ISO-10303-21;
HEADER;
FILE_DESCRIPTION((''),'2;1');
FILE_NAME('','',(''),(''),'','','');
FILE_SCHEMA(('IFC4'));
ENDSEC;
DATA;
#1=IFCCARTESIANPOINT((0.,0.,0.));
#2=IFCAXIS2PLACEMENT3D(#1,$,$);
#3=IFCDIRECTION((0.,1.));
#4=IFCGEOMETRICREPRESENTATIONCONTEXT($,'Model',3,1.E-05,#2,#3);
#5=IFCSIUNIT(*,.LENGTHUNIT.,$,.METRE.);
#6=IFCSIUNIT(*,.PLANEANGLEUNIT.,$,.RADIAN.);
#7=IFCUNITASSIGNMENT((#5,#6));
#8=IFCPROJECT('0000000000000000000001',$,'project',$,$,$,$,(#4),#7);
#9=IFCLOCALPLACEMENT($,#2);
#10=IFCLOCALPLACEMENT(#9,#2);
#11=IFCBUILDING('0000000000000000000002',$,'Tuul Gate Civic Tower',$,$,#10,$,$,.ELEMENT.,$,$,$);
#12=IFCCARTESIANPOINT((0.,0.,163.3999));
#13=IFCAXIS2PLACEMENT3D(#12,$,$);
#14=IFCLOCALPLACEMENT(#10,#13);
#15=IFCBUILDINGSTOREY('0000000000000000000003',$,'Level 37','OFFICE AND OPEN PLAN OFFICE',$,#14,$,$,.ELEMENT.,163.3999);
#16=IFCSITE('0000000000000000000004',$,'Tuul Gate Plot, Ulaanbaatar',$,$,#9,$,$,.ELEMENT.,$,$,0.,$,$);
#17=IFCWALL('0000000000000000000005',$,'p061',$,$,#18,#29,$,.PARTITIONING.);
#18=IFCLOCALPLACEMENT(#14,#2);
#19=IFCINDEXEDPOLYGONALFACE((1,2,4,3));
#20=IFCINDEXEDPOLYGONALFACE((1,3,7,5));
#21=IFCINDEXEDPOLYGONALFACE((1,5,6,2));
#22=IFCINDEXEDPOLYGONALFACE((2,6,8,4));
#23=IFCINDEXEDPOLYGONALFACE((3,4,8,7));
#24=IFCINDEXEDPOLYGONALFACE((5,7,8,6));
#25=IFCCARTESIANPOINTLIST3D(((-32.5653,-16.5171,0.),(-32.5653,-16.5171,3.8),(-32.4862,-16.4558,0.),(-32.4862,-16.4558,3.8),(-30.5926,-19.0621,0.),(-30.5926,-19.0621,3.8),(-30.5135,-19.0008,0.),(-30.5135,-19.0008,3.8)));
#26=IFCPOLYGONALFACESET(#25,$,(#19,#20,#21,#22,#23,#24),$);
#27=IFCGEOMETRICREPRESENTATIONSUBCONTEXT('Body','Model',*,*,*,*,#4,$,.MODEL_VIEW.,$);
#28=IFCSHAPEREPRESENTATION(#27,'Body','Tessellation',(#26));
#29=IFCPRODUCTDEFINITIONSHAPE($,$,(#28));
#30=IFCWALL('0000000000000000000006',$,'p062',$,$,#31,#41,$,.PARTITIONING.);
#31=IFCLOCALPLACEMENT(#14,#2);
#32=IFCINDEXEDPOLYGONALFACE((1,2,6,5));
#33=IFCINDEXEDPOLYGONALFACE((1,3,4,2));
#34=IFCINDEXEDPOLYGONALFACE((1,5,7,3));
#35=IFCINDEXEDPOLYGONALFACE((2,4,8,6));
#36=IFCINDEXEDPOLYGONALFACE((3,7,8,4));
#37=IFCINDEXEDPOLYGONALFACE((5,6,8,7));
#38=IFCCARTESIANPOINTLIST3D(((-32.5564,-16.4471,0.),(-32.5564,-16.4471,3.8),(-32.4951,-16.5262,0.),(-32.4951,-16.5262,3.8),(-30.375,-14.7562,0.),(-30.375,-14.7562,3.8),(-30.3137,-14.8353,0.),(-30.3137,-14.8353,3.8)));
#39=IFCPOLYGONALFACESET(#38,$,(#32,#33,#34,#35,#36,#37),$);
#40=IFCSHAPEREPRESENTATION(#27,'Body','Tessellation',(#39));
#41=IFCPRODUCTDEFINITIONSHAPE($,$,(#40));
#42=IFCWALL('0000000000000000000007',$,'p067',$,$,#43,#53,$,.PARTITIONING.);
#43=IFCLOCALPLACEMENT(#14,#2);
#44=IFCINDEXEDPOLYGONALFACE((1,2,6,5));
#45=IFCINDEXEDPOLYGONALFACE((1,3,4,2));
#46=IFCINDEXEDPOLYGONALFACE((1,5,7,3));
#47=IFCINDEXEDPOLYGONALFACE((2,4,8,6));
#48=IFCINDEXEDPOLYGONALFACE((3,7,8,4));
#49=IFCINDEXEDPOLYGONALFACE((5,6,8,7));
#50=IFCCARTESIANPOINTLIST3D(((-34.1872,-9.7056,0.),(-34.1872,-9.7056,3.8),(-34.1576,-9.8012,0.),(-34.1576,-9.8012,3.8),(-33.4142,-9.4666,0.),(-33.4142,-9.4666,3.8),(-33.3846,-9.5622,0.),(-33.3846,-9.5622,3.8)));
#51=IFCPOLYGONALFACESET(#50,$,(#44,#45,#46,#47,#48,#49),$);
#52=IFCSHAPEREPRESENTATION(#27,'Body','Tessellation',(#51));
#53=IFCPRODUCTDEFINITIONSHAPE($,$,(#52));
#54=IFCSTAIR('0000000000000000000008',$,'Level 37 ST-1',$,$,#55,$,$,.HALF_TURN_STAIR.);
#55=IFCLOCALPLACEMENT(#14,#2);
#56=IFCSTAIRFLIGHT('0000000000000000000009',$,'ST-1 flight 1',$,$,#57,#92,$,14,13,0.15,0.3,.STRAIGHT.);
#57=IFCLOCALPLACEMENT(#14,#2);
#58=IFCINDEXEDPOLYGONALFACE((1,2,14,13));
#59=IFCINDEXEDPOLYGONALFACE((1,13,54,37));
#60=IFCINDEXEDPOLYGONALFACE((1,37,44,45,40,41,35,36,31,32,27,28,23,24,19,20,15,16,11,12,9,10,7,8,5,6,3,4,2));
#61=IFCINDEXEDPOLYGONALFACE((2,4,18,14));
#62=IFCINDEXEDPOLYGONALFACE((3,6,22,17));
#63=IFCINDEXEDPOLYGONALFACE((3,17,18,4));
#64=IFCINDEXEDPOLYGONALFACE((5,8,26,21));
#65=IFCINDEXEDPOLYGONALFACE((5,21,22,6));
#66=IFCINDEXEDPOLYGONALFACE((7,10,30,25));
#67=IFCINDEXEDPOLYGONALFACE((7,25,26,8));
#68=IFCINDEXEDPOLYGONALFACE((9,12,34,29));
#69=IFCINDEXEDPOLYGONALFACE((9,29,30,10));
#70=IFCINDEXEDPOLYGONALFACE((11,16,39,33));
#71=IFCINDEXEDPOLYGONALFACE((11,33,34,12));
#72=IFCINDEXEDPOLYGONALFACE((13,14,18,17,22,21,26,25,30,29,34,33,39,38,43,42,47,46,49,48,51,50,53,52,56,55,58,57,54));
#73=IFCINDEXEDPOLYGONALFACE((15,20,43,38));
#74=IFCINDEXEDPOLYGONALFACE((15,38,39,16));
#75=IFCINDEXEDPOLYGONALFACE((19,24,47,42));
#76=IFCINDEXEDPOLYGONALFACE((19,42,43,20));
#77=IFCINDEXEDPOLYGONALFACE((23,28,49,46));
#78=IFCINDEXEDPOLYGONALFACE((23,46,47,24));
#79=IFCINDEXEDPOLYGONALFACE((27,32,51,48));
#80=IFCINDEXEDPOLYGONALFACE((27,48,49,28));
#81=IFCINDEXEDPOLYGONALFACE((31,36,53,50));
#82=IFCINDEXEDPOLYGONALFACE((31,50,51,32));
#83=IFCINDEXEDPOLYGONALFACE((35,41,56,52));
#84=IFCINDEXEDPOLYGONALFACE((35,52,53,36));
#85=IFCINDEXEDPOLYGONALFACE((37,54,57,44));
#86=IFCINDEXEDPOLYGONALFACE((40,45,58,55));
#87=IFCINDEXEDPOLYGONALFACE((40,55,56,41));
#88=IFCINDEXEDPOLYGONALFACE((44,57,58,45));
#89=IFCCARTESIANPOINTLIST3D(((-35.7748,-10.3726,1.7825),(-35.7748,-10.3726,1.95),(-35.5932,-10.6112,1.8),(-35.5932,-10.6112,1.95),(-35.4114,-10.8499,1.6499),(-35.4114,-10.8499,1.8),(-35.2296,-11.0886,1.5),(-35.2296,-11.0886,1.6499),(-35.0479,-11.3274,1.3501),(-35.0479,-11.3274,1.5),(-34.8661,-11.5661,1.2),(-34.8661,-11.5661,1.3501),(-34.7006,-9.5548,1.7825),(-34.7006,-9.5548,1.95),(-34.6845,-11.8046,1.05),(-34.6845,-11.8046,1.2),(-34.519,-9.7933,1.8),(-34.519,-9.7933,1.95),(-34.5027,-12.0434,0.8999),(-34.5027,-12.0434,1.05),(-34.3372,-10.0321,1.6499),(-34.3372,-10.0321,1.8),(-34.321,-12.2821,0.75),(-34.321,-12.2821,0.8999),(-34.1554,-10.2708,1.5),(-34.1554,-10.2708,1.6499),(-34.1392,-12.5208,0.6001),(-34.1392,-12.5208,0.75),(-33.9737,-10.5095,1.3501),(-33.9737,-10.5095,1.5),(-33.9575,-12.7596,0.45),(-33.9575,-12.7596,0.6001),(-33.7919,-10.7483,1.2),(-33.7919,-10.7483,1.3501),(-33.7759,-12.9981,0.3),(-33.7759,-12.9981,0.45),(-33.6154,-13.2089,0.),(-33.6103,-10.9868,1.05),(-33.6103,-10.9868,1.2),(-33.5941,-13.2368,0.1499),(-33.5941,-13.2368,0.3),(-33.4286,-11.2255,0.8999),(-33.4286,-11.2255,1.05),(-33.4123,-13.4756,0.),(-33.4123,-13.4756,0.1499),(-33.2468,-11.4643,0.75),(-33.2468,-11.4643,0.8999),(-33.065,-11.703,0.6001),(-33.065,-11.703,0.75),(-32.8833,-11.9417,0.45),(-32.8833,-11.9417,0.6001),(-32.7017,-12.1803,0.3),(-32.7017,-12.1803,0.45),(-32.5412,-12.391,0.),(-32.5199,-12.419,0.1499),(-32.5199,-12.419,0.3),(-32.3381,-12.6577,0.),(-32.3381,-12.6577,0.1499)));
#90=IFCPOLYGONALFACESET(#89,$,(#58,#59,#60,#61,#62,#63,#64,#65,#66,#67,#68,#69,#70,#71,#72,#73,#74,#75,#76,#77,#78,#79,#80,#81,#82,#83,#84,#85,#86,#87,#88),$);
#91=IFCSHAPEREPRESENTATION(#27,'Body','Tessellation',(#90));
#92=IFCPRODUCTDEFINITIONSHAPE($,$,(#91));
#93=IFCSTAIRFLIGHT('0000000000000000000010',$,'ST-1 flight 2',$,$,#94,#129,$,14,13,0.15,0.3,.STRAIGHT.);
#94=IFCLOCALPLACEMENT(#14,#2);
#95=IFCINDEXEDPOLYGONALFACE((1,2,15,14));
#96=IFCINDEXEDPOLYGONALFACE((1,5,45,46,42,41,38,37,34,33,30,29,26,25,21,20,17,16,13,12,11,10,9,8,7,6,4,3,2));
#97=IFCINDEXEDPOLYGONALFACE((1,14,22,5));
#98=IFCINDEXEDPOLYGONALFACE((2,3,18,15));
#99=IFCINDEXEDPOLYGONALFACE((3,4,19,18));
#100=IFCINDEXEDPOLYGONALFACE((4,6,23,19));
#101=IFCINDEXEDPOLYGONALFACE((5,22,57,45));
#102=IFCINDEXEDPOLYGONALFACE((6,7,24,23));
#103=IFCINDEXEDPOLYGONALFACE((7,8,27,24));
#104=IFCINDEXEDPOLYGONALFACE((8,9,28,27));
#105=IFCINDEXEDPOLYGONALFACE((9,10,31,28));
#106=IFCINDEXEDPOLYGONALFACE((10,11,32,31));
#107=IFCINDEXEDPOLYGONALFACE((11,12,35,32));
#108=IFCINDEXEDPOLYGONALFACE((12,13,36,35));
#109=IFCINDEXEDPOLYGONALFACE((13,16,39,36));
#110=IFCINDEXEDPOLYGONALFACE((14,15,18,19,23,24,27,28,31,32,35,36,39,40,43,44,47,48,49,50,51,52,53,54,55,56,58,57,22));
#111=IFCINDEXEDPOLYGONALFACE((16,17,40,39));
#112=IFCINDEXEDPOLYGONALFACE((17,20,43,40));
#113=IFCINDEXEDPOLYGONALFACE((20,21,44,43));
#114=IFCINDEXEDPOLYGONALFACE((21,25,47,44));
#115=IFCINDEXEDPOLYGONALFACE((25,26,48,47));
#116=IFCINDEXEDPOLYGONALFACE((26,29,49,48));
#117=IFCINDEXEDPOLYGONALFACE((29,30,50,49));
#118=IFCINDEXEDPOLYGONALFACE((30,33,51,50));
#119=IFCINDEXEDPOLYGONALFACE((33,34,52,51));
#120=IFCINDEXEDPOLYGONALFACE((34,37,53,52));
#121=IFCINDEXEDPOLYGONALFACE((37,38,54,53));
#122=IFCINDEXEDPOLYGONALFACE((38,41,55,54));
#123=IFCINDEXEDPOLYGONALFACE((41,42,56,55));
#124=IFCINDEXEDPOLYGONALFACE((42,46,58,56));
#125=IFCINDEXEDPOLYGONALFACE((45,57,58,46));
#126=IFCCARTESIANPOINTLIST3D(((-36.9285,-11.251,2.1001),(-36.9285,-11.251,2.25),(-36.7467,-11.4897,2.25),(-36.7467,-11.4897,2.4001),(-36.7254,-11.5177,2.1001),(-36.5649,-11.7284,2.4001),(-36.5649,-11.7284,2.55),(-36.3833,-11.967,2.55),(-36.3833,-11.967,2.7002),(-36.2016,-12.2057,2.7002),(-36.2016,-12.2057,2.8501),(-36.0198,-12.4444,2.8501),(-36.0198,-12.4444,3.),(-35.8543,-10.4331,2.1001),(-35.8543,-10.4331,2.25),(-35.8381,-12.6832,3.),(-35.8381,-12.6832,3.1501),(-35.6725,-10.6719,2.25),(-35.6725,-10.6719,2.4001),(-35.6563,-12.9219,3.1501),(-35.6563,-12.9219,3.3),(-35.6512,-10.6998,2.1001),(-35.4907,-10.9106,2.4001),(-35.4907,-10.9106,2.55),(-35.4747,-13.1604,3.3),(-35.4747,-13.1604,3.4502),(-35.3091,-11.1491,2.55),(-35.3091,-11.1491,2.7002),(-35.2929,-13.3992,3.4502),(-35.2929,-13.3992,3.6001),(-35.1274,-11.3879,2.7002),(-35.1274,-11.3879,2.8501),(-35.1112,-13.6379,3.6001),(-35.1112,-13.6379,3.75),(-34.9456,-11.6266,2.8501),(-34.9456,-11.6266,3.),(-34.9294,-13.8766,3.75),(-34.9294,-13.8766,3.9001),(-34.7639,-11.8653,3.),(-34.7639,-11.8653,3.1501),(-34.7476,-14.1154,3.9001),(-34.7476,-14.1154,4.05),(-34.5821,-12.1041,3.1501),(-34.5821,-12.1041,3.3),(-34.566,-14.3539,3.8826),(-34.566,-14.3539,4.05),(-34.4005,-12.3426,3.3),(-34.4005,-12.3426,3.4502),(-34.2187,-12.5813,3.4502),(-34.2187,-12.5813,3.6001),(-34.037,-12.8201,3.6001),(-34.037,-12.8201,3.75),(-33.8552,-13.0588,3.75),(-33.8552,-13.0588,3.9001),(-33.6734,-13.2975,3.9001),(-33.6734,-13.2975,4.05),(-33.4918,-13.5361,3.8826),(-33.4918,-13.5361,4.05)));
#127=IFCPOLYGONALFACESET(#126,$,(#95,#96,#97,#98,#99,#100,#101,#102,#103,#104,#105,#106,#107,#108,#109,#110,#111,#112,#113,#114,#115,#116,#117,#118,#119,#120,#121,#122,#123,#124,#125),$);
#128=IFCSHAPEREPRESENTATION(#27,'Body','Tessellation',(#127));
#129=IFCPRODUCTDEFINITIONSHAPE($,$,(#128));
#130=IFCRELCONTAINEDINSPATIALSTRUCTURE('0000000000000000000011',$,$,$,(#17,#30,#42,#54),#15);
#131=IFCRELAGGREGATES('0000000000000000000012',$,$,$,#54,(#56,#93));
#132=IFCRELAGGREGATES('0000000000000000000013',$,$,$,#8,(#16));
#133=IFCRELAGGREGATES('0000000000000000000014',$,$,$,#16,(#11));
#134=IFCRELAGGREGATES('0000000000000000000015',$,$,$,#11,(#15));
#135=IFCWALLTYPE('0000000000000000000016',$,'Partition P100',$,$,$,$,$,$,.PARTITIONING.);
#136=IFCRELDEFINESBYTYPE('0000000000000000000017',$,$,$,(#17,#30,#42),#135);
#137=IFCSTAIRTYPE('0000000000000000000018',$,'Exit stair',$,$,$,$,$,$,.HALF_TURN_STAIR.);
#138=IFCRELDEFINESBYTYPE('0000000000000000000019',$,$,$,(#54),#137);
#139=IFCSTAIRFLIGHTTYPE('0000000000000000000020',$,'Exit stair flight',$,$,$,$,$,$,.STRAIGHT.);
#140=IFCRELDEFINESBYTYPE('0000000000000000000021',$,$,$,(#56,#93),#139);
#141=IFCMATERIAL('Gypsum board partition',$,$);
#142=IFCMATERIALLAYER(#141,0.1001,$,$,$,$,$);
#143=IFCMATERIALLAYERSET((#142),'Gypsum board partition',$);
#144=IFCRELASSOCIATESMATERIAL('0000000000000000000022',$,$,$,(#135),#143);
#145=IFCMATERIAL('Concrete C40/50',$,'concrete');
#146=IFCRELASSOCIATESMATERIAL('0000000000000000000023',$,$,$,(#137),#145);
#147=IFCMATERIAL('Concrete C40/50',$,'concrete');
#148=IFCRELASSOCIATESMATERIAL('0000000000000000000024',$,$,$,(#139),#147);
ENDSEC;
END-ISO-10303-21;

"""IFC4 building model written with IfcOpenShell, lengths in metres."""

from ifc_helpers import new_model, si_unit, direction, frame, frame_2d, origin, place, context, subcontext, project, spatial, polyline, rectangle, outline, extrude, material, layer, layer_set, type_object, element, aggregate, save


model = new_model("IFC4")

# Units and contexts
model_context = context("Model", 3, precision=1e-05, world=origin(), true_north=direction((0.0, 1.0)))
body_context = subcontext(model_context, "Body", "Model", "MODEL_VIEW")
ifc_project = project(units=[si_unit("LENGTHUNIT", "METRE"), si_unit("PLANEANGLEUNIT", "RADIAN")], contexts=[model_context])

# Site, building, storey
site_placement = place(None, origin())
site = spatial("IfcSite", under=ifc_project, at=site_placement, Name="Tuul Gate Plot, Ulaanbaatar", CompositionType="ELEMENT", RefElevation=0.0)
building_placement = place(site_placement, origin())
building = spatial("IfcBuilding", under=site, at=building_placement, Name="Tuul Gate Civic Tower", CompositionType="ELEMENT")
storey_placement = place(building_placement, frame((0.0, 0.0, 163.3999)))
storey = spatial("IfcBuildingStorey", under=building, at=storey_placement, Name="Level 37", Description="OFFICE AND OPEN PLAN OFFICE", CompositionType="ELEMENT", Elevation=163.3999)

# Walls
ifc_material_1 = material(Name="Gypsum board partition")
ifc_layer_1 = layer(ifc_material_1, 0.1001)
ifc_layer_set_1 = layer_set([ifc_layer_1], Name="Gypsum board partition")
wall_type_1 = type_object("IfcWallType", Name="Partition P100", PredefinedType="PARTITIONING", material=ifc_layer_set_1)
wall_1_placement = place(storey_placement, frame((-32.5256, -16.4866, 0.0), z_axis=(0.0, 0.0, 1.0), x_axis=(0.612638, -0.790364, 0.0)))
element("IfcWall", 1, at=wall_1_placement, inside=storey, type_object=wall_type_1, Name="p061", PredefinedType="PARTITIONING", context=body_context, shape_type="SweptSolid", body=[
    extrude(rectangle(XDim=3.22, YDim=0.1001, at=frame_2d((1.6099, 0.0))), origin(), (0.0, 0.0, 1.0), 3.8),
])
wall_2_placement = place(storey_placement, frame((-32.5256, -16.4866, 0.0), z_axis=(0.0, 0.0, 1.0), x_axis=(0.790356, 0.612648, 0.0)))
element("IfcWall", 2, at=wall_2_placement, inside=storey, type_object=wall_type_1, Name="p062", PredefinedType="PARTITIONING", context=body_context, shape_type="SweptSolid", body=[
    extrude(rectangle(XDim=2.76, YDim=0.1001, at=frame_2d((1.3799, 0.0))), origin(), (0.0, 0.0, 1.0), 3.8),
])
wall_3_placement = place(storey_placement, frame((-33.3994, -9.5144, 0.0), z_axis=(0.0, 0.0, 1.0), x_axis=(-0.955367, -0.295421, 0.0)))
element("IfcWall", 3, at=wall_3_placement, inside=storey, type_object=wall_type_1, Name="p067", PredefinedType="PARTITIONING", context=body_context, shape_type="SweptSolid", body=[
    extrude(rectangle(XDim=0.8091, YDim=0.1001, at=frame_2d((0.4045, 0.0))), origin(), (0.0, 0.0, 1.0), 3.8),
])

# Stair, stair flights
ifc_material_2 = material(Name="Concrete C40/50", Category="concrete")
stair_type = type_object("IfcStairType", Name="Exit stair", PredefinedType="HALF_TURN_STAIR", material=ifc_material_2)
stair_placement = place(storey_placement, origin())
stair = element("IfcStair", 4, at=stair_placement, inside=storey, type_object=stair_type, Name="Level 37 ST-1", PredefinedType="HALF_TURN_STAIR")
ifc_material_3 = material(Name="Concrete C40/50", Category="concrete")
stair_flight_type = type_object("IfcStairFlightType", Name="Exit stair flight", PredefinedType="STRAIGHT", material=ifc_material_3)
stair_flight_1_placement = place(storey_placement, frame((-32.8752, -13.0667, 0.0), z_axis=(0.0, 0.0, 1.0), x_axis=(-0.605764, 0.795644, 0.0)))
stair_flight_1 = element("IfcStairFlight", 5, at=stair_flight_1_placement, type_object=stair_flight_type, Name="ST-1 flight 1", NumberOfRisers=14, NumberOfTreads=13, PredefinedType="STRAIGHT", RiserHeight=0.15, TreadLength=0.3, context=body_context, shape_type="SweptSolid", body=[
    extrude(outline(polyline([(0.0, 0.0), (0.0, 0.1499), (0.3, 0.1499), (0.3, 0.3), (0.6001, 0.3), (0.6001, 0.45), (0.8999, 0.45), (0.8999, 0.6001), (1.2, 0.6001), (1.2, 0.75), (1.5, 0.75), (1.5, 0.8999), (1.8, 0.8999), (1.8, 1.05), (2.1001, 1.05), (2.1001, 1.2), (2.3999, 1.2), (2.3999, 1.3501), (2.7, 1.3501), (2.7, 1.5), (3.0, 1.5), (3.0, 1.6499), (3.3, 1.6499), (3.3, 1.8), (3.6001, 1.8), (3.6001, 1.95), (3.8999, 1.95), (3.8999, 2.1001), (3.8999, 1.7825), (0.3352, 0.0), (0.0, 0.0)])), frame((0.0, 0.675, 0.0), z_axis=(0.0, -1.0, 0.0), x_axis=(1.0, 0.0, 0.0)), (0.0, 0.0, 1.0), 1.3501),
])
stair_flight_2_placement = place(storey_placement, frame((-36.3914, -10.842, 2.1001), z_axis=(0.0, 0.0, 1.0), x_axis=(0.605764, -0.795644, 0.0)))
stair_flight_2 = element("IfcStairFlight", 6, at=stair_flight_2_placement, type_object=stair_flight_type, Name="ST-1 flight 2", NumberOfRisers=14, NumberOfTreads=13, PredefinedType="STRAIGHT", RiserHeight=0.15, TreadLength=0.3, context=body_context, shape_type="SweptSolid", body=[
    extrude(outline(polyline([(0.0, 0.0), (0.0, 0.1499), (0.3, 0.1499), (0.3, 0.3), (0.6001, 0.3), (0.6001, 0.45), (0.8999, 0.45), (0.8999, 0.6001), (1.2, 0.6001), (1.2, 0.75), (1.5, 0.75), (1.5, 0.8999), (1.8, 0.8999), (1.8, 1.05), (2.1001, 1.05), (2.1001, 1.2), (2.3999, 1.2), (2.3999, 1.3501), (2.7, 1.3501), (2.7, 1.5), (3.0, 1.5), (3.0, 1.6499), (3.3, 1.6499), (3.3, 1.8), (3.6001, 1.8), (3.6001, 1.95), (3.8999, 1.95), (3.8999, 2.1001), (3.8999, 1.7825), (0.3352, 0.0), (0.0, 0.0)])), frame((0.0, 0.675, 0.0), z_axis=(0.0, -1.0, 0.0), x_axis=(1.0, 0.0, 0.0)), (0.0, 0.0, 1.0), 1.3501),
])
aggregate(stair, [stair_flight_1, stair_flight_2])

save(model, "model.ifc")
